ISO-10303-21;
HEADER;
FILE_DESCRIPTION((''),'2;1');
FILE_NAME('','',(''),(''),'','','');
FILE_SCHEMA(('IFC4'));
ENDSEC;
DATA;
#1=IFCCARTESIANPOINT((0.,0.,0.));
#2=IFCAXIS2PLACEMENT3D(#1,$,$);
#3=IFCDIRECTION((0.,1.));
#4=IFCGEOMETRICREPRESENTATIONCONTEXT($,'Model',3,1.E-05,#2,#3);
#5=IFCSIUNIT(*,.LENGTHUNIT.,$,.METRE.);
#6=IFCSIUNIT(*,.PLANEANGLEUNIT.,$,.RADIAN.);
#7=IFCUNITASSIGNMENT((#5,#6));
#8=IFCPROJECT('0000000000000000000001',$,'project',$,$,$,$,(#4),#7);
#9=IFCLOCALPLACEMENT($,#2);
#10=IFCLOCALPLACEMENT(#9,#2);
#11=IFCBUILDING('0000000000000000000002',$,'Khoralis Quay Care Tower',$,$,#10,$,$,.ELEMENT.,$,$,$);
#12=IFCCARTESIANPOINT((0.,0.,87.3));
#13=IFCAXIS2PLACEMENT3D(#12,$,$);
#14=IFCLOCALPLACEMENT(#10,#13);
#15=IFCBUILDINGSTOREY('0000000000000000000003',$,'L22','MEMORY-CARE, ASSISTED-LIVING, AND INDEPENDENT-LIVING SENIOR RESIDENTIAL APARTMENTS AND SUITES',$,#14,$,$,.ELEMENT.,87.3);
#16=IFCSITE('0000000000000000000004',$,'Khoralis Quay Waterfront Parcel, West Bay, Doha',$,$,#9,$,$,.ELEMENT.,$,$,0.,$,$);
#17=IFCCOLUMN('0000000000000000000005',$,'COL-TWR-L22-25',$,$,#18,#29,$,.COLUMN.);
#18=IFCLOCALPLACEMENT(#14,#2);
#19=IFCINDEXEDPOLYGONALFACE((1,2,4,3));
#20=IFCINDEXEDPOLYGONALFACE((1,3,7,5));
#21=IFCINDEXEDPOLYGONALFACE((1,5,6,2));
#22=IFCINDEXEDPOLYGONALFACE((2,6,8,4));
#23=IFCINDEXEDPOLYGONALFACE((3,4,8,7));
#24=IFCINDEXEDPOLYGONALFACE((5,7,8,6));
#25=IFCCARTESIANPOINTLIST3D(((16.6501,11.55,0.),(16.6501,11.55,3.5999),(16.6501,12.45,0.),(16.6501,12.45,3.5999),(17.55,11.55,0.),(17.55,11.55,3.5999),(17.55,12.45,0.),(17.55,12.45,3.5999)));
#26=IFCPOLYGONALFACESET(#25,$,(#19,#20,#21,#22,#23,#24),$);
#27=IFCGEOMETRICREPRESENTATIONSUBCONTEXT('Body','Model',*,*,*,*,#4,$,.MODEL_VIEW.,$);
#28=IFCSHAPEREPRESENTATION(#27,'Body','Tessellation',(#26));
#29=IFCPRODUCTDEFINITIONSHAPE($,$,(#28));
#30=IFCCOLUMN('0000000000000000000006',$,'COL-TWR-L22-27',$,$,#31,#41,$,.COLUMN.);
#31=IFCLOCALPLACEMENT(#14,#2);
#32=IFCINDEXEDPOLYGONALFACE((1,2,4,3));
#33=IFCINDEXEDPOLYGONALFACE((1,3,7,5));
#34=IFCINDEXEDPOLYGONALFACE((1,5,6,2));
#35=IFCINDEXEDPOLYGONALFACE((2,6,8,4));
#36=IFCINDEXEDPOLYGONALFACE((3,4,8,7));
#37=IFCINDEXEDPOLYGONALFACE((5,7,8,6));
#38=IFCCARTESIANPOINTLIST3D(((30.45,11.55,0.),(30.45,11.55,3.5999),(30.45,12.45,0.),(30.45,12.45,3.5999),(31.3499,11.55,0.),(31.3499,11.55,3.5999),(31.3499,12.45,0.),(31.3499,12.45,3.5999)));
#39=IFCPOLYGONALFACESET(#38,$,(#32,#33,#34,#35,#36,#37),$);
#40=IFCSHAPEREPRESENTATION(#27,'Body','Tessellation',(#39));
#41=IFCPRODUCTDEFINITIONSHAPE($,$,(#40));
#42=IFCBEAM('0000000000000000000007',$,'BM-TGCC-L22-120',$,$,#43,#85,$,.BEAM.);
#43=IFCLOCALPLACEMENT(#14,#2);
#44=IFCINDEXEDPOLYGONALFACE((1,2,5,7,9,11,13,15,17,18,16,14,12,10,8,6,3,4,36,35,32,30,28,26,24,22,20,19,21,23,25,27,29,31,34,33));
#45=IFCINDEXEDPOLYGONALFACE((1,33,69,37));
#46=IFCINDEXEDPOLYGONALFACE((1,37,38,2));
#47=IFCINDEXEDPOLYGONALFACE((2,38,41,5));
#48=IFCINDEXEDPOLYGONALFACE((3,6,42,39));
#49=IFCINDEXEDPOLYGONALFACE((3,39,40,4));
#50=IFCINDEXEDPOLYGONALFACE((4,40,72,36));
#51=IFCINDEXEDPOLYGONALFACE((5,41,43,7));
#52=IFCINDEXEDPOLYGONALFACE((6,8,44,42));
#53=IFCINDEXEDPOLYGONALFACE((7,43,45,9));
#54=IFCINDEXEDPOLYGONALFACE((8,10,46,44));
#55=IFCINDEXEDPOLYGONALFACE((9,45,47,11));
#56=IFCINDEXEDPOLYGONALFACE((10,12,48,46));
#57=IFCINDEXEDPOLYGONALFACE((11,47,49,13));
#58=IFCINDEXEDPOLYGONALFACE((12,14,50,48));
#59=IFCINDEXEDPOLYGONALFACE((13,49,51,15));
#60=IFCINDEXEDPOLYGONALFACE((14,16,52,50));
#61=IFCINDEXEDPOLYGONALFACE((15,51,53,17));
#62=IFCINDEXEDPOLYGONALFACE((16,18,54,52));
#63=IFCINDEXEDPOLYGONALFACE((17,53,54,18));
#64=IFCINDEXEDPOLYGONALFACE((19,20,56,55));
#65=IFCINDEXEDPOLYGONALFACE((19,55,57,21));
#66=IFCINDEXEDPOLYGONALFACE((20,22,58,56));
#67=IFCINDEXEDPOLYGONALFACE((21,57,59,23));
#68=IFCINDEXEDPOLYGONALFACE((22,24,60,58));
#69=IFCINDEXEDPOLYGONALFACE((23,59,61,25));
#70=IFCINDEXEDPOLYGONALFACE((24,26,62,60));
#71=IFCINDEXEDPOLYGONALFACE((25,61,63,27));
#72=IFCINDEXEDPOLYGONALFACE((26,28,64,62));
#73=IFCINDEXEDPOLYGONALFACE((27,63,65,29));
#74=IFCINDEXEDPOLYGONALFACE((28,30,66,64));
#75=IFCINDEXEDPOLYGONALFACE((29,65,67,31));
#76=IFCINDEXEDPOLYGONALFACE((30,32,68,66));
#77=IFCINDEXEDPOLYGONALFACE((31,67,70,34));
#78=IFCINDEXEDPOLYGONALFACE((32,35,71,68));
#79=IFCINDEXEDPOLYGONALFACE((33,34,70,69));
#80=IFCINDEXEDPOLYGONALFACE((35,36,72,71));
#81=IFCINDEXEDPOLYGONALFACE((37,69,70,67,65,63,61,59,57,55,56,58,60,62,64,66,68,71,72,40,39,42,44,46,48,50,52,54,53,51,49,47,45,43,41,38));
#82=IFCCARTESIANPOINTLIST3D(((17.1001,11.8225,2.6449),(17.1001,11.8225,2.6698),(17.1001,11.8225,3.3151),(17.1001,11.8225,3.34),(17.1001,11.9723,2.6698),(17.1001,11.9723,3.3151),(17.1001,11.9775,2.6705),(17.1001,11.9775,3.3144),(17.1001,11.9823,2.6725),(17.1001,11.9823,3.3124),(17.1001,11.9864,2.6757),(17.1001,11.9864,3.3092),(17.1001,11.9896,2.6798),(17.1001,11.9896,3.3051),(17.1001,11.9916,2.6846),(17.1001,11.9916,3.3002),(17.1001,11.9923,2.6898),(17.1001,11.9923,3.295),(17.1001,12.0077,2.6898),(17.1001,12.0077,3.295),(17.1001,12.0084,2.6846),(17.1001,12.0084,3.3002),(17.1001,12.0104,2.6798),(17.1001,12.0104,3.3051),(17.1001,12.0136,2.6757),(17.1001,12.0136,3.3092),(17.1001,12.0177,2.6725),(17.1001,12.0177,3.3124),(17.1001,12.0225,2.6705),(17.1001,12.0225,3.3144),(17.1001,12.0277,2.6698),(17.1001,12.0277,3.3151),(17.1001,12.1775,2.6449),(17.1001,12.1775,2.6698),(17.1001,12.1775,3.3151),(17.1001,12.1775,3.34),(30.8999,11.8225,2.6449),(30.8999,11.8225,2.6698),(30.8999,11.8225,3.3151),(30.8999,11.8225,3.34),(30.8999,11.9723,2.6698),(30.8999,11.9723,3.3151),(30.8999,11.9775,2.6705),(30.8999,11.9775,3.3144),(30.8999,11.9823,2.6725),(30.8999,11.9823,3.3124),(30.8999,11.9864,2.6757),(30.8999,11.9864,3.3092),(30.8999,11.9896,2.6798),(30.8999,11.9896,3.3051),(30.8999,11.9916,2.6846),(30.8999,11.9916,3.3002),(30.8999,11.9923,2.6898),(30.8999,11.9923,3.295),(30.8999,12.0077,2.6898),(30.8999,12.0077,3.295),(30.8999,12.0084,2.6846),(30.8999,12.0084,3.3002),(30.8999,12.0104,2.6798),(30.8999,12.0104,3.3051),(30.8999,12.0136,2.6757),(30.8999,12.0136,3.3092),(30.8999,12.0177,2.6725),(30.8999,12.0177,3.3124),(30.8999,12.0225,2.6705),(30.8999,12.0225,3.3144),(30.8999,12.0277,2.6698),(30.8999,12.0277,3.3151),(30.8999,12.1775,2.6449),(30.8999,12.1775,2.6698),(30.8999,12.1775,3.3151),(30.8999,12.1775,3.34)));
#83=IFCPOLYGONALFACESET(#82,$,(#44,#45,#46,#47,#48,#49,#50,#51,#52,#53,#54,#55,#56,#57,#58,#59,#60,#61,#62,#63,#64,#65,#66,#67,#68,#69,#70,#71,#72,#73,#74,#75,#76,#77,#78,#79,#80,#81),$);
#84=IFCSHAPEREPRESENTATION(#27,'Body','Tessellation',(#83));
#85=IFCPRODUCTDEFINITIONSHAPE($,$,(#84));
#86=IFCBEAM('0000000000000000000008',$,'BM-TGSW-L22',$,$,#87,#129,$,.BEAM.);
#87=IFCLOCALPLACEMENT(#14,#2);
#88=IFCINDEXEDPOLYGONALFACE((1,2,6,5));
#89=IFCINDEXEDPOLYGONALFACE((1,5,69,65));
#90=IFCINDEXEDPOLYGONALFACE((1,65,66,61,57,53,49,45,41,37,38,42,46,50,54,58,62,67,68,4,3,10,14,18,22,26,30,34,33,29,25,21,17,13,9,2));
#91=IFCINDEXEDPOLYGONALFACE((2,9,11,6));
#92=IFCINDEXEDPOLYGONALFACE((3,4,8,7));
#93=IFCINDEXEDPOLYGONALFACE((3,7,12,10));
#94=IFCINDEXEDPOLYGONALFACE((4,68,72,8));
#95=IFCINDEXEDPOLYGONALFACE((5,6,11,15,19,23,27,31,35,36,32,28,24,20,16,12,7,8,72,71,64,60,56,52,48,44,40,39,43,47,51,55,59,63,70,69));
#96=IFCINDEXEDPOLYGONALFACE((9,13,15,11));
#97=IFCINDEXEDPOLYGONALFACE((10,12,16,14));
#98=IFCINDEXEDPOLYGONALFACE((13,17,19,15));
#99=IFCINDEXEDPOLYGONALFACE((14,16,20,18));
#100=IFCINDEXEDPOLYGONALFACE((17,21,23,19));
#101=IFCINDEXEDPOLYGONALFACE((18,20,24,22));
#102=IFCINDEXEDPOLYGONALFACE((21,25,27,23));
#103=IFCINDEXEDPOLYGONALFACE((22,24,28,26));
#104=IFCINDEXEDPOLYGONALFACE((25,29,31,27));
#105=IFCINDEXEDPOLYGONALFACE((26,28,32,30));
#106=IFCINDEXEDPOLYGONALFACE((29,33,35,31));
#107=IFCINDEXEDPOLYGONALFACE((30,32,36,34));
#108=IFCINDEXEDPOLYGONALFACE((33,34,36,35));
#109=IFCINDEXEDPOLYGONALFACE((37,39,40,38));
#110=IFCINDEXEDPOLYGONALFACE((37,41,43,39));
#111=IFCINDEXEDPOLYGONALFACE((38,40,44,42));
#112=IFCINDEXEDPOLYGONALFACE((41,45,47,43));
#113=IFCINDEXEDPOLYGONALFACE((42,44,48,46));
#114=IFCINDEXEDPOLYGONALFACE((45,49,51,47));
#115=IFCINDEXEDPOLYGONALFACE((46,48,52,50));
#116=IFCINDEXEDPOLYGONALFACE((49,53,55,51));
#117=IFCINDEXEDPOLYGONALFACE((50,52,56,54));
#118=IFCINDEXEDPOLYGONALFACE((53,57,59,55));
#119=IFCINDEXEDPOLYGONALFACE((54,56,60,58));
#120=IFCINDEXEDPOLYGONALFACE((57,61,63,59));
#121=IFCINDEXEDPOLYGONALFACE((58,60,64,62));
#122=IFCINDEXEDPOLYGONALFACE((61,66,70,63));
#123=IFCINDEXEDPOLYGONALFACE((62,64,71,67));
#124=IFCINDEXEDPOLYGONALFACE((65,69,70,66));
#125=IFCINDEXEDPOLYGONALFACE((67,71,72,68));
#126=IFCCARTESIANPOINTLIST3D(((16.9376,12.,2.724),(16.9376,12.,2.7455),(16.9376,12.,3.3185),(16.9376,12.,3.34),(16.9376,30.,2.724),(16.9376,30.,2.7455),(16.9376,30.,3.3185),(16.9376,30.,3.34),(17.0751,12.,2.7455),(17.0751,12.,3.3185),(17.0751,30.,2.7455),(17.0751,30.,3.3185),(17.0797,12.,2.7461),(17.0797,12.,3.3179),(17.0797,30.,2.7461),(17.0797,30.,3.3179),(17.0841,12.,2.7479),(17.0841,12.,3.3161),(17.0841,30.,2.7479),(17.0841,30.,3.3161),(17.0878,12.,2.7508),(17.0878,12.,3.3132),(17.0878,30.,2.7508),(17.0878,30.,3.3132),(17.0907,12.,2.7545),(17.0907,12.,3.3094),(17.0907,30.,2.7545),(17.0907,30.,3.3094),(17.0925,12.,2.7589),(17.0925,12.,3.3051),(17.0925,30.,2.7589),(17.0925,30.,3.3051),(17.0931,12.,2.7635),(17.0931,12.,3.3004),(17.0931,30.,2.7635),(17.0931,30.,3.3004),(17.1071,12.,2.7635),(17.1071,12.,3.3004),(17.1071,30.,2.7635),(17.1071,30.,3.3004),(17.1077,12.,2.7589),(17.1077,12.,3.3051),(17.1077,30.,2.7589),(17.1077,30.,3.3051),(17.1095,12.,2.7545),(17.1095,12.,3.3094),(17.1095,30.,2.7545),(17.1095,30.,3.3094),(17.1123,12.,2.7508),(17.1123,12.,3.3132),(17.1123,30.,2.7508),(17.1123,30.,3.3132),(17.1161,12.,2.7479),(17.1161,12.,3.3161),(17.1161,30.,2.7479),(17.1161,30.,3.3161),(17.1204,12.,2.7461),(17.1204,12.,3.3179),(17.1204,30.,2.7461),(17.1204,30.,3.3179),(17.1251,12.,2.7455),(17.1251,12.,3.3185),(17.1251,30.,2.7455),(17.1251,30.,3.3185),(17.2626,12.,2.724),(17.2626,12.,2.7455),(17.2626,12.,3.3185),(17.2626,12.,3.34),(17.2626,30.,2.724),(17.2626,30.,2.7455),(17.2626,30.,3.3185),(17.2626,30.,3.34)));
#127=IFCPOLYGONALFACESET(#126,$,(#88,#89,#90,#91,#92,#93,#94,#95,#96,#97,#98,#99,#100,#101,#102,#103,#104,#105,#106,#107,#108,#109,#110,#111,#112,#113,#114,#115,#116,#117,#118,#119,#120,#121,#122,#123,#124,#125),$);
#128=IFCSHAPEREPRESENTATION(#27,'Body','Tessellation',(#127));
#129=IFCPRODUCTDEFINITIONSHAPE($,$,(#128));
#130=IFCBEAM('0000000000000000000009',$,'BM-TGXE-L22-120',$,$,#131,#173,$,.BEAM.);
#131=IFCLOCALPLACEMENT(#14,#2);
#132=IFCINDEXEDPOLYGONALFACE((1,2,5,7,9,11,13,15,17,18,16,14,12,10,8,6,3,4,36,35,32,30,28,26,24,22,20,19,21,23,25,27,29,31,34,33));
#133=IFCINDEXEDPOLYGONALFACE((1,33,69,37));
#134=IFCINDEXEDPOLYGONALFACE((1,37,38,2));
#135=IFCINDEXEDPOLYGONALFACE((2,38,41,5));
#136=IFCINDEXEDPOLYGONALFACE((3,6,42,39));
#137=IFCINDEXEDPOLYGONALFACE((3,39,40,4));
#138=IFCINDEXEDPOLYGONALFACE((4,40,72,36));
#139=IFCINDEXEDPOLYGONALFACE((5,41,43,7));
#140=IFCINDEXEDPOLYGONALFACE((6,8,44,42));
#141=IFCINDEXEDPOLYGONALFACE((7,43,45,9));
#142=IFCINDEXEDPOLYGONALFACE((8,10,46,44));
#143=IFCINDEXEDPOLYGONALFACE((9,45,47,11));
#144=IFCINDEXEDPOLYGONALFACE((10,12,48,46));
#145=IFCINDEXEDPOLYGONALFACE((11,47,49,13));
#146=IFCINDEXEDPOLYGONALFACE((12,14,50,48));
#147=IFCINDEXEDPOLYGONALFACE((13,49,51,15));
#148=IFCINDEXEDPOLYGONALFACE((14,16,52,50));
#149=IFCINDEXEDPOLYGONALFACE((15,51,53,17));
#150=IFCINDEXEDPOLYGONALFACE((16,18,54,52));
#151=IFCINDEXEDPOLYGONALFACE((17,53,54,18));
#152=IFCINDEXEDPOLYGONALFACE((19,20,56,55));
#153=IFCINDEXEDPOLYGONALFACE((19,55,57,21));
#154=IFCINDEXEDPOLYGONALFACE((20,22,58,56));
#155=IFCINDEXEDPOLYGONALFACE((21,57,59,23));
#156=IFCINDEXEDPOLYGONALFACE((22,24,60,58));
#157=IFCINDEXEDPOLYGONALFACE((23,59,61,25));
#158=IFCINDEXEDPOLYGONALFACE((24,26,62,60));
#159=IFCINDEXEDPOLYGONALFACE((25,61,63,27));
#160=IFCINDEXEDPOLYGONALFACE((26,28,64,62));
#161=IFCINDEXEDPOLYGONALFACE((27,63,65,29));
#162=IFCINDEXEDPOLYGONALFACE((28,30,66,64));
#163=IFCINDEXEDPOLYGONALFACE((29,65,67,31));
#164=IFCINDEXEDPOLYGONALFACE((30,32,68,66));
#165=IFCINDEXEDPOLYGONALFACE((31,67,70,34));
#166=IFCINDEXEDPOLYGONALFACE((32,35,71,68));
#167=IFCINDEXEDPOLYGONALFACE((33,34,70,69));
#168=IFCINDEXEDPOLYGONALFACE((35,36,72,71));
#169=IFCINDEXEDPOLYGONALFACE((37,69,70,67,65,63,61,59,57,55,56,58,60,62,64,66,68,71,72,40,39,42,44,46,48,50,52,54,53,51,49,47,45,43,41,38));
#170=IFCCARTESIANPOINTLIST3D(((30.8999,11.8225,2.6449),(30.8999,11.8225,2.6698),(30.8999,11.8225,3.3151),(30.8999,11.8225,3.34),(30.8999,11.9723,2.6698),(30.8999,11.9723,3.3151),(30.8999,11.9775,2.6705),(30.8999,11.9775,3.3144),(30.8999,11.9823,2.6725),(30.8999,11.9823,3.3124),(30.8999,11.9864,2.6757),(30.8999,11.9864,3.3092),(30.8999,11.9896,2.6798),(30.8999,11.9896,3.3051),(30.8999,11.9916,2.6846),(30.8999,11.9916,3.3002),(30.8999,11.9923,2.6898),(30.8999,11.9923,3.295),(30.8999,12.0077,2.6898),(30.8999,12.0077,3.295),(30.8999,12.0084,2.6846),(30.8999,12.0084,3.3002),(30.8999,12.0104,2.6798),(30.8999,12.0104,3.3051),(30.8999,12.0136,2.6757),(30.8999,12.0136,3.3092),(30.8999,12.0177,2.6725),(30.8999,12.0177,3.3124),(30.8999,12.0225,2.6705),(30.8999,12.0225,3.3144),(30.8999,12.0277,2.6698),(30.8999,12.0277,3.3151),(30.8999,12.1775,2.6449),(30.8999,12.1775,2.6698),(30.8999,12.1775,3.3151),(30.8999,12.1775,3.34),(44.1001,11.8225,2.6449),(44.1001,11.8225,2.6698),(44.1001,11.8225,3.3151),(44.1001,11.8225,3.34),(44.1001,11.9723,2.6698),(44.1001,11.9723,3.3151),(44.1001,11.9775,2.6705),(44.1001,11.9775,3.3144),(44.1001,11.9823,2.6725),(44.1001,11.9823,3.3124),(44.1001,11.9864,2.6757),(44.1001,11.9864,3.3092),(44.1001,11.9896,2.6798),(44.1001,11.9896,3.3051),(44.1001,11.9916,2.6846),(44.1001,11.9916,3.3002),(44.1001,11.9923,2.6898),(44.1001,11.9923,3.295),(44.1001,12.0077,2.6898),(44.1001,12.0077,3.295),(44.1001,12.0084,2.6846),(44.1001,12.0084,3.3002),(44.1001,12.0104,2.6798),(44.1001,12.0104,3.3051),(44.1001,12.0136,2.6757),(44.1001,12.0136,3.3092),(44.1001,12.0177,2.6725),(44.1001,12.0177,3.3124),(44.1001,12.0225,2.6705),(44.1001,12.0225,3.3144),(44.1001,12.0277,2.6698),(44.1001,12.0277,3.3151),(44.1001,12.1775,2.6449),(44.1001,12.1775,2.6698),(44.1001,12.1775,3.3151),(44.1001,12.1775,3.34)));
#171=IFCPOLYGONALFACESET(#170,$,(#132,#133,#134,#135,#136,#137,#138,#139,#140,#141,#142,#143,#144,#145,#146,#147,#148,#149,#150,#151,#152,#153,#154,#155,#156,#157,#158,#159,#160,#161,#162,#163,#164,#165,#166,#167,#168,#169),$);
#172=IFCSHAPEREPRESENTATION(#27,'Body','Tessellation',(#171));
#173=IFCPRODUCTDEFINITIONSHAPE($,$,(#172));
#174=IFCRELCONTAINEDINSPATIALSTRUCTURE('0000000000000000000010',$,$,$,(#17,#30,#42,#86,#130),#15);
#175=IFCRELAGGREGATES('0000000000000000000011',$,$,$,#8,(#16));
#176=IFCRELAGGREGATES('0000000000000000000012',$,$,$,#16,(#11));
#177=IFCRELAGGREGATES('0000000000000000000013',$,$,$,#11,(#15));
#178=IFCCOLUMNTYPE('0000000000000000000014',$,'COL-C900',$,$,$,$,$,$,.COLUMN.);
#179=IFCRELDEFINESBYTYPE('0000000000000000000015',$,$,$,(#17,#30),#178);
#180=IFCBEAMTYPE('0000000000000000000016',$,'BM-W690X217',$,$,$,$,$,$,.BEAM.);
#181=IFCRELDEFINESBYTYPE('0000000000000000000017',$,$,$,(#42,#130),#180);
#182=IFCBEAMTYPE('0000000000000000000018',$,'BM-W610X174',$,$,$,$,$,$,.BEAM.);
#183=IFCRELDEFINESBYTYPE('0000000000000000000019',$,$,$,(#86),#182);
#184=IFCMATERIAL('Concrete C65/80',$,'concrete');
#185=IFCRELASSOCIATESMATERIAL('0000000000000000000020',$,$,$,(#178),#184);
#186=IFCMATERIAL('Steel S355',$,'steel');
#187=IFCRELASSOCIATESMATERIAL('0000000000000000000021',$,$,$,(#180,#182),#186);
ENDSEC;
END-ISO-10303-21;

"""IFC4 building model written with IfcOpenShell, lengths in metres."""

from ifc_helpers import new_model, si_unit, direction, frame, origin, origin_2d, place, context, subcontext, project, spatial, rectangle, i_section, extrude, source, transform, mapped, material, material_profile, profile_set, type_object, element, save


model = new_model("IFC4")

# Units and contexts
model_context = context("Model", 3, precision=1e-05, world=origin(), true_north=direction((0.0, 1.0)))
body_context = subcontext(model_context, "Body", "Model", "MODEL_VIEW")
ifc_project = project(units=[si_unit("LENGTHUNIT", "METRE"), si_unit("PLANEANGLEUNIT", "RADIAN")], contexts=[model_context])

# Site, building, storey
site_placement = place(None, origin())
site = spatial("IfcSite", under=ifc_project, at=site_placement, Name="Khoralis Quay Waterfront Parcel, West Bay, Doha", CompositionType="ELEMENT", RefElevation=0.0)
building_placement = place(site_placement, origin())
building = spatial("IfcBuilding", under=site, at=building_placement, Name="Khoralis Quay Care Tower", CompositionType="ELEMENT")
storey_placement = place(building_placement, frame((0.0, 0.0, 87.3)))
storey = spatial("IfcBuildingStorey", under=building, at=storey_placement, Name="L22", Description="MEMORY-CARE, ASSISTED-LIVING, AND INDEPENDENT-LIVING SENIOR RESIDENTIAL APARTMENTS AND SUITES", CompositionType="ELEMENT", Elevation=87.3)

# Columns
ifc_material_1 = material(Name="Concrete C65/80", Category="concrete")
ifc_material_profile_1 = material_profile(ifc_material_1, rectangle(XDim=0.8999, YDim=0.8999, at=origin_2d()), Name="Concrete C65/80")
ifc_profile_set_1 = profile_set([ifc_material_profile_1], Name="Concrete C65/80")
column_type = type_object("IfcColumnType", Name="COL-C900", PredefinedType="COLUMN", material=ifc_profile_set_1)
shared_shape_1 = source(origin(), body_context, "Body", "SweptSolid", [
    extrude(rectangle(XDim=0.8999, YDim=0.8999, at=origin_2d()), origin(), (0.0, 0.0, 1.0), 3.5999),
])
for number, where, z_axis, x_axis, name in (
    (1, (17.1001, 12.0, 0.0), (0.0, 0.0, 1.0), (1.0, 0.0, 0.0), "COL-TWR-L22-25"),
    (2, (30.8999, 12.0, 0.0), (0.0, 0.0, 1.0), (1.0, 0.0, 0.0), "COL-TWR-L22-27"),
):
    element("IfcColumn", number, at=place(storey_placement, frame(where, z_axis=z_axis, x_axis=x_axis)), inside=storey, type_object=column_type, Name=name, PredefinedType="COLUMN", context=body_context, shape_type="MappedRepresentation", body=[
        mapped(shared_shape_1, transform((0.0, 0.0, 0.0), scale=1.0)),
    ])

# Beams
ifc_material_2 = material(Name="Steel S355", Category="steel")
ifc_material_profile_2 = material_profile(ifc_material_2, i_section(OverallWidth=0.355, OverallDepth=0.6951, WebThickness=0.0154, FlangeThickness=0.0249, FilletRadius=0.02, at=origin_2d()), Name="Steel S355")
ifc_profile_set_2 = profile_set([ifc_material_profile_2], Name="Steel S355")
beam_type_1 = type_object("IfcBeamType", Name="BM-W690X217", PredefinedType="BEAM", material=ifc_profile_set_2)
shared_shape_2 = source(origin(), body_context, "Body", "SweptSolid", [
    extrude(i_section(OverallWidth=0.355, OverallDepth=0.6951, WebThickness=0.0154, FlangeThickness=0.0249, FilletRadius=0.02, at=origin_2d()), origin(), (0.0, 0.0, 1.0), 13.7998),
])
beam_1_placement = place(storey_placement, frame((17.1001, 12.0, 2.9924), z_axis=(1.0, 0.0, 0.0), x_axis=(0.0, 1.0, 0.0)))
element("IfcBeam", 3, at=beam_1_placement, inside=storey, type_object=beam_type_1, Name="BM-TGCC-L22-120", PredefinedType="BEAM", context=body_context, shape_type="MappedRepresentation", body=[
    mapped(shared_shape_2, transform((0.0, 0.0, 0.0), scale=1.0)),
])
ifc_material_profile_3 = material_profile(ifc_material_2, i_section(OverallWidth=0.325, OverallDepth=0.616, WebThickness=0.0139, FlangeThickness=0.0215, FilletRadius=0.0181, at=origin_2d()), Name="Steel S355")
ifc_profile_set_3 = profile_set([ifc_material_profile_3], Name="Steel S355")
beam_type_2 = type_object("IfcBeamType", Name="BM-W610X174", PredefinedType="BEAM", material=ifc_profile_set_3)
shared_shape_3 = source(origin(), body_context, "Body", "SweptSolid", [
    extrude(i_section(OverallWidth=0.325, OverallDepth=0.616, WebThickness=0.0139, FlangeThickness=0.0215, FilletRadius=0.0181, at=origin_2d()), origin(), (0.0, 0.0, 1.0), 18.0),
])
beam_2_placement = place(storey_placement, frame((17.1001, 12.0, 3.032), z_axis=(0.0, 1.0, 0.0), x_axis=(-1.0, 0.0, 0.0)))
element("IfcBeam", 4, at=beam_2_placement, inside=storey, type_object=beam_type_2, Name="BM-TGSW-L22", PredefinedType="BEAM", context=body_context, shape_type="MappedRepresentation", body=[
    mapped(shared_shape_3, transform((0.0, 0.0, 0.0), scale=1.0)),
])
shared_shape_4 = source(origin(), body_context, "Body", "SweptSolid", [
    extrude(i_section(OverallWidth=0.355, OverallDepth=0.6951, WebThickness=0.0154, FlangeThickness=0.0249, FilletRadius=0.02, at=origin_2d()), origin(), (0.0, 0.0, 1.0), 13.2002),
])
beam_3_placement = place(storey_placement, frame((30.8999, 12.0, 2.9924), z_axis=(1.0, 0.0, 0.0), x_axis=(0.0, 1.0, 0.0)))
element("IfcBeam", 5, at=beam_3_placement, inside=storey, type_object=beam_type_1, Name="BM-TGXE-L22-120", PredefinedType="BEAM", context=body_context, shape_type="MappedRepresentation", body=[
    mapped(shared_shape_4, transform((0.0, 0.0, 0.0), scale=1.0)),
])

save(model, "model.ifc")
